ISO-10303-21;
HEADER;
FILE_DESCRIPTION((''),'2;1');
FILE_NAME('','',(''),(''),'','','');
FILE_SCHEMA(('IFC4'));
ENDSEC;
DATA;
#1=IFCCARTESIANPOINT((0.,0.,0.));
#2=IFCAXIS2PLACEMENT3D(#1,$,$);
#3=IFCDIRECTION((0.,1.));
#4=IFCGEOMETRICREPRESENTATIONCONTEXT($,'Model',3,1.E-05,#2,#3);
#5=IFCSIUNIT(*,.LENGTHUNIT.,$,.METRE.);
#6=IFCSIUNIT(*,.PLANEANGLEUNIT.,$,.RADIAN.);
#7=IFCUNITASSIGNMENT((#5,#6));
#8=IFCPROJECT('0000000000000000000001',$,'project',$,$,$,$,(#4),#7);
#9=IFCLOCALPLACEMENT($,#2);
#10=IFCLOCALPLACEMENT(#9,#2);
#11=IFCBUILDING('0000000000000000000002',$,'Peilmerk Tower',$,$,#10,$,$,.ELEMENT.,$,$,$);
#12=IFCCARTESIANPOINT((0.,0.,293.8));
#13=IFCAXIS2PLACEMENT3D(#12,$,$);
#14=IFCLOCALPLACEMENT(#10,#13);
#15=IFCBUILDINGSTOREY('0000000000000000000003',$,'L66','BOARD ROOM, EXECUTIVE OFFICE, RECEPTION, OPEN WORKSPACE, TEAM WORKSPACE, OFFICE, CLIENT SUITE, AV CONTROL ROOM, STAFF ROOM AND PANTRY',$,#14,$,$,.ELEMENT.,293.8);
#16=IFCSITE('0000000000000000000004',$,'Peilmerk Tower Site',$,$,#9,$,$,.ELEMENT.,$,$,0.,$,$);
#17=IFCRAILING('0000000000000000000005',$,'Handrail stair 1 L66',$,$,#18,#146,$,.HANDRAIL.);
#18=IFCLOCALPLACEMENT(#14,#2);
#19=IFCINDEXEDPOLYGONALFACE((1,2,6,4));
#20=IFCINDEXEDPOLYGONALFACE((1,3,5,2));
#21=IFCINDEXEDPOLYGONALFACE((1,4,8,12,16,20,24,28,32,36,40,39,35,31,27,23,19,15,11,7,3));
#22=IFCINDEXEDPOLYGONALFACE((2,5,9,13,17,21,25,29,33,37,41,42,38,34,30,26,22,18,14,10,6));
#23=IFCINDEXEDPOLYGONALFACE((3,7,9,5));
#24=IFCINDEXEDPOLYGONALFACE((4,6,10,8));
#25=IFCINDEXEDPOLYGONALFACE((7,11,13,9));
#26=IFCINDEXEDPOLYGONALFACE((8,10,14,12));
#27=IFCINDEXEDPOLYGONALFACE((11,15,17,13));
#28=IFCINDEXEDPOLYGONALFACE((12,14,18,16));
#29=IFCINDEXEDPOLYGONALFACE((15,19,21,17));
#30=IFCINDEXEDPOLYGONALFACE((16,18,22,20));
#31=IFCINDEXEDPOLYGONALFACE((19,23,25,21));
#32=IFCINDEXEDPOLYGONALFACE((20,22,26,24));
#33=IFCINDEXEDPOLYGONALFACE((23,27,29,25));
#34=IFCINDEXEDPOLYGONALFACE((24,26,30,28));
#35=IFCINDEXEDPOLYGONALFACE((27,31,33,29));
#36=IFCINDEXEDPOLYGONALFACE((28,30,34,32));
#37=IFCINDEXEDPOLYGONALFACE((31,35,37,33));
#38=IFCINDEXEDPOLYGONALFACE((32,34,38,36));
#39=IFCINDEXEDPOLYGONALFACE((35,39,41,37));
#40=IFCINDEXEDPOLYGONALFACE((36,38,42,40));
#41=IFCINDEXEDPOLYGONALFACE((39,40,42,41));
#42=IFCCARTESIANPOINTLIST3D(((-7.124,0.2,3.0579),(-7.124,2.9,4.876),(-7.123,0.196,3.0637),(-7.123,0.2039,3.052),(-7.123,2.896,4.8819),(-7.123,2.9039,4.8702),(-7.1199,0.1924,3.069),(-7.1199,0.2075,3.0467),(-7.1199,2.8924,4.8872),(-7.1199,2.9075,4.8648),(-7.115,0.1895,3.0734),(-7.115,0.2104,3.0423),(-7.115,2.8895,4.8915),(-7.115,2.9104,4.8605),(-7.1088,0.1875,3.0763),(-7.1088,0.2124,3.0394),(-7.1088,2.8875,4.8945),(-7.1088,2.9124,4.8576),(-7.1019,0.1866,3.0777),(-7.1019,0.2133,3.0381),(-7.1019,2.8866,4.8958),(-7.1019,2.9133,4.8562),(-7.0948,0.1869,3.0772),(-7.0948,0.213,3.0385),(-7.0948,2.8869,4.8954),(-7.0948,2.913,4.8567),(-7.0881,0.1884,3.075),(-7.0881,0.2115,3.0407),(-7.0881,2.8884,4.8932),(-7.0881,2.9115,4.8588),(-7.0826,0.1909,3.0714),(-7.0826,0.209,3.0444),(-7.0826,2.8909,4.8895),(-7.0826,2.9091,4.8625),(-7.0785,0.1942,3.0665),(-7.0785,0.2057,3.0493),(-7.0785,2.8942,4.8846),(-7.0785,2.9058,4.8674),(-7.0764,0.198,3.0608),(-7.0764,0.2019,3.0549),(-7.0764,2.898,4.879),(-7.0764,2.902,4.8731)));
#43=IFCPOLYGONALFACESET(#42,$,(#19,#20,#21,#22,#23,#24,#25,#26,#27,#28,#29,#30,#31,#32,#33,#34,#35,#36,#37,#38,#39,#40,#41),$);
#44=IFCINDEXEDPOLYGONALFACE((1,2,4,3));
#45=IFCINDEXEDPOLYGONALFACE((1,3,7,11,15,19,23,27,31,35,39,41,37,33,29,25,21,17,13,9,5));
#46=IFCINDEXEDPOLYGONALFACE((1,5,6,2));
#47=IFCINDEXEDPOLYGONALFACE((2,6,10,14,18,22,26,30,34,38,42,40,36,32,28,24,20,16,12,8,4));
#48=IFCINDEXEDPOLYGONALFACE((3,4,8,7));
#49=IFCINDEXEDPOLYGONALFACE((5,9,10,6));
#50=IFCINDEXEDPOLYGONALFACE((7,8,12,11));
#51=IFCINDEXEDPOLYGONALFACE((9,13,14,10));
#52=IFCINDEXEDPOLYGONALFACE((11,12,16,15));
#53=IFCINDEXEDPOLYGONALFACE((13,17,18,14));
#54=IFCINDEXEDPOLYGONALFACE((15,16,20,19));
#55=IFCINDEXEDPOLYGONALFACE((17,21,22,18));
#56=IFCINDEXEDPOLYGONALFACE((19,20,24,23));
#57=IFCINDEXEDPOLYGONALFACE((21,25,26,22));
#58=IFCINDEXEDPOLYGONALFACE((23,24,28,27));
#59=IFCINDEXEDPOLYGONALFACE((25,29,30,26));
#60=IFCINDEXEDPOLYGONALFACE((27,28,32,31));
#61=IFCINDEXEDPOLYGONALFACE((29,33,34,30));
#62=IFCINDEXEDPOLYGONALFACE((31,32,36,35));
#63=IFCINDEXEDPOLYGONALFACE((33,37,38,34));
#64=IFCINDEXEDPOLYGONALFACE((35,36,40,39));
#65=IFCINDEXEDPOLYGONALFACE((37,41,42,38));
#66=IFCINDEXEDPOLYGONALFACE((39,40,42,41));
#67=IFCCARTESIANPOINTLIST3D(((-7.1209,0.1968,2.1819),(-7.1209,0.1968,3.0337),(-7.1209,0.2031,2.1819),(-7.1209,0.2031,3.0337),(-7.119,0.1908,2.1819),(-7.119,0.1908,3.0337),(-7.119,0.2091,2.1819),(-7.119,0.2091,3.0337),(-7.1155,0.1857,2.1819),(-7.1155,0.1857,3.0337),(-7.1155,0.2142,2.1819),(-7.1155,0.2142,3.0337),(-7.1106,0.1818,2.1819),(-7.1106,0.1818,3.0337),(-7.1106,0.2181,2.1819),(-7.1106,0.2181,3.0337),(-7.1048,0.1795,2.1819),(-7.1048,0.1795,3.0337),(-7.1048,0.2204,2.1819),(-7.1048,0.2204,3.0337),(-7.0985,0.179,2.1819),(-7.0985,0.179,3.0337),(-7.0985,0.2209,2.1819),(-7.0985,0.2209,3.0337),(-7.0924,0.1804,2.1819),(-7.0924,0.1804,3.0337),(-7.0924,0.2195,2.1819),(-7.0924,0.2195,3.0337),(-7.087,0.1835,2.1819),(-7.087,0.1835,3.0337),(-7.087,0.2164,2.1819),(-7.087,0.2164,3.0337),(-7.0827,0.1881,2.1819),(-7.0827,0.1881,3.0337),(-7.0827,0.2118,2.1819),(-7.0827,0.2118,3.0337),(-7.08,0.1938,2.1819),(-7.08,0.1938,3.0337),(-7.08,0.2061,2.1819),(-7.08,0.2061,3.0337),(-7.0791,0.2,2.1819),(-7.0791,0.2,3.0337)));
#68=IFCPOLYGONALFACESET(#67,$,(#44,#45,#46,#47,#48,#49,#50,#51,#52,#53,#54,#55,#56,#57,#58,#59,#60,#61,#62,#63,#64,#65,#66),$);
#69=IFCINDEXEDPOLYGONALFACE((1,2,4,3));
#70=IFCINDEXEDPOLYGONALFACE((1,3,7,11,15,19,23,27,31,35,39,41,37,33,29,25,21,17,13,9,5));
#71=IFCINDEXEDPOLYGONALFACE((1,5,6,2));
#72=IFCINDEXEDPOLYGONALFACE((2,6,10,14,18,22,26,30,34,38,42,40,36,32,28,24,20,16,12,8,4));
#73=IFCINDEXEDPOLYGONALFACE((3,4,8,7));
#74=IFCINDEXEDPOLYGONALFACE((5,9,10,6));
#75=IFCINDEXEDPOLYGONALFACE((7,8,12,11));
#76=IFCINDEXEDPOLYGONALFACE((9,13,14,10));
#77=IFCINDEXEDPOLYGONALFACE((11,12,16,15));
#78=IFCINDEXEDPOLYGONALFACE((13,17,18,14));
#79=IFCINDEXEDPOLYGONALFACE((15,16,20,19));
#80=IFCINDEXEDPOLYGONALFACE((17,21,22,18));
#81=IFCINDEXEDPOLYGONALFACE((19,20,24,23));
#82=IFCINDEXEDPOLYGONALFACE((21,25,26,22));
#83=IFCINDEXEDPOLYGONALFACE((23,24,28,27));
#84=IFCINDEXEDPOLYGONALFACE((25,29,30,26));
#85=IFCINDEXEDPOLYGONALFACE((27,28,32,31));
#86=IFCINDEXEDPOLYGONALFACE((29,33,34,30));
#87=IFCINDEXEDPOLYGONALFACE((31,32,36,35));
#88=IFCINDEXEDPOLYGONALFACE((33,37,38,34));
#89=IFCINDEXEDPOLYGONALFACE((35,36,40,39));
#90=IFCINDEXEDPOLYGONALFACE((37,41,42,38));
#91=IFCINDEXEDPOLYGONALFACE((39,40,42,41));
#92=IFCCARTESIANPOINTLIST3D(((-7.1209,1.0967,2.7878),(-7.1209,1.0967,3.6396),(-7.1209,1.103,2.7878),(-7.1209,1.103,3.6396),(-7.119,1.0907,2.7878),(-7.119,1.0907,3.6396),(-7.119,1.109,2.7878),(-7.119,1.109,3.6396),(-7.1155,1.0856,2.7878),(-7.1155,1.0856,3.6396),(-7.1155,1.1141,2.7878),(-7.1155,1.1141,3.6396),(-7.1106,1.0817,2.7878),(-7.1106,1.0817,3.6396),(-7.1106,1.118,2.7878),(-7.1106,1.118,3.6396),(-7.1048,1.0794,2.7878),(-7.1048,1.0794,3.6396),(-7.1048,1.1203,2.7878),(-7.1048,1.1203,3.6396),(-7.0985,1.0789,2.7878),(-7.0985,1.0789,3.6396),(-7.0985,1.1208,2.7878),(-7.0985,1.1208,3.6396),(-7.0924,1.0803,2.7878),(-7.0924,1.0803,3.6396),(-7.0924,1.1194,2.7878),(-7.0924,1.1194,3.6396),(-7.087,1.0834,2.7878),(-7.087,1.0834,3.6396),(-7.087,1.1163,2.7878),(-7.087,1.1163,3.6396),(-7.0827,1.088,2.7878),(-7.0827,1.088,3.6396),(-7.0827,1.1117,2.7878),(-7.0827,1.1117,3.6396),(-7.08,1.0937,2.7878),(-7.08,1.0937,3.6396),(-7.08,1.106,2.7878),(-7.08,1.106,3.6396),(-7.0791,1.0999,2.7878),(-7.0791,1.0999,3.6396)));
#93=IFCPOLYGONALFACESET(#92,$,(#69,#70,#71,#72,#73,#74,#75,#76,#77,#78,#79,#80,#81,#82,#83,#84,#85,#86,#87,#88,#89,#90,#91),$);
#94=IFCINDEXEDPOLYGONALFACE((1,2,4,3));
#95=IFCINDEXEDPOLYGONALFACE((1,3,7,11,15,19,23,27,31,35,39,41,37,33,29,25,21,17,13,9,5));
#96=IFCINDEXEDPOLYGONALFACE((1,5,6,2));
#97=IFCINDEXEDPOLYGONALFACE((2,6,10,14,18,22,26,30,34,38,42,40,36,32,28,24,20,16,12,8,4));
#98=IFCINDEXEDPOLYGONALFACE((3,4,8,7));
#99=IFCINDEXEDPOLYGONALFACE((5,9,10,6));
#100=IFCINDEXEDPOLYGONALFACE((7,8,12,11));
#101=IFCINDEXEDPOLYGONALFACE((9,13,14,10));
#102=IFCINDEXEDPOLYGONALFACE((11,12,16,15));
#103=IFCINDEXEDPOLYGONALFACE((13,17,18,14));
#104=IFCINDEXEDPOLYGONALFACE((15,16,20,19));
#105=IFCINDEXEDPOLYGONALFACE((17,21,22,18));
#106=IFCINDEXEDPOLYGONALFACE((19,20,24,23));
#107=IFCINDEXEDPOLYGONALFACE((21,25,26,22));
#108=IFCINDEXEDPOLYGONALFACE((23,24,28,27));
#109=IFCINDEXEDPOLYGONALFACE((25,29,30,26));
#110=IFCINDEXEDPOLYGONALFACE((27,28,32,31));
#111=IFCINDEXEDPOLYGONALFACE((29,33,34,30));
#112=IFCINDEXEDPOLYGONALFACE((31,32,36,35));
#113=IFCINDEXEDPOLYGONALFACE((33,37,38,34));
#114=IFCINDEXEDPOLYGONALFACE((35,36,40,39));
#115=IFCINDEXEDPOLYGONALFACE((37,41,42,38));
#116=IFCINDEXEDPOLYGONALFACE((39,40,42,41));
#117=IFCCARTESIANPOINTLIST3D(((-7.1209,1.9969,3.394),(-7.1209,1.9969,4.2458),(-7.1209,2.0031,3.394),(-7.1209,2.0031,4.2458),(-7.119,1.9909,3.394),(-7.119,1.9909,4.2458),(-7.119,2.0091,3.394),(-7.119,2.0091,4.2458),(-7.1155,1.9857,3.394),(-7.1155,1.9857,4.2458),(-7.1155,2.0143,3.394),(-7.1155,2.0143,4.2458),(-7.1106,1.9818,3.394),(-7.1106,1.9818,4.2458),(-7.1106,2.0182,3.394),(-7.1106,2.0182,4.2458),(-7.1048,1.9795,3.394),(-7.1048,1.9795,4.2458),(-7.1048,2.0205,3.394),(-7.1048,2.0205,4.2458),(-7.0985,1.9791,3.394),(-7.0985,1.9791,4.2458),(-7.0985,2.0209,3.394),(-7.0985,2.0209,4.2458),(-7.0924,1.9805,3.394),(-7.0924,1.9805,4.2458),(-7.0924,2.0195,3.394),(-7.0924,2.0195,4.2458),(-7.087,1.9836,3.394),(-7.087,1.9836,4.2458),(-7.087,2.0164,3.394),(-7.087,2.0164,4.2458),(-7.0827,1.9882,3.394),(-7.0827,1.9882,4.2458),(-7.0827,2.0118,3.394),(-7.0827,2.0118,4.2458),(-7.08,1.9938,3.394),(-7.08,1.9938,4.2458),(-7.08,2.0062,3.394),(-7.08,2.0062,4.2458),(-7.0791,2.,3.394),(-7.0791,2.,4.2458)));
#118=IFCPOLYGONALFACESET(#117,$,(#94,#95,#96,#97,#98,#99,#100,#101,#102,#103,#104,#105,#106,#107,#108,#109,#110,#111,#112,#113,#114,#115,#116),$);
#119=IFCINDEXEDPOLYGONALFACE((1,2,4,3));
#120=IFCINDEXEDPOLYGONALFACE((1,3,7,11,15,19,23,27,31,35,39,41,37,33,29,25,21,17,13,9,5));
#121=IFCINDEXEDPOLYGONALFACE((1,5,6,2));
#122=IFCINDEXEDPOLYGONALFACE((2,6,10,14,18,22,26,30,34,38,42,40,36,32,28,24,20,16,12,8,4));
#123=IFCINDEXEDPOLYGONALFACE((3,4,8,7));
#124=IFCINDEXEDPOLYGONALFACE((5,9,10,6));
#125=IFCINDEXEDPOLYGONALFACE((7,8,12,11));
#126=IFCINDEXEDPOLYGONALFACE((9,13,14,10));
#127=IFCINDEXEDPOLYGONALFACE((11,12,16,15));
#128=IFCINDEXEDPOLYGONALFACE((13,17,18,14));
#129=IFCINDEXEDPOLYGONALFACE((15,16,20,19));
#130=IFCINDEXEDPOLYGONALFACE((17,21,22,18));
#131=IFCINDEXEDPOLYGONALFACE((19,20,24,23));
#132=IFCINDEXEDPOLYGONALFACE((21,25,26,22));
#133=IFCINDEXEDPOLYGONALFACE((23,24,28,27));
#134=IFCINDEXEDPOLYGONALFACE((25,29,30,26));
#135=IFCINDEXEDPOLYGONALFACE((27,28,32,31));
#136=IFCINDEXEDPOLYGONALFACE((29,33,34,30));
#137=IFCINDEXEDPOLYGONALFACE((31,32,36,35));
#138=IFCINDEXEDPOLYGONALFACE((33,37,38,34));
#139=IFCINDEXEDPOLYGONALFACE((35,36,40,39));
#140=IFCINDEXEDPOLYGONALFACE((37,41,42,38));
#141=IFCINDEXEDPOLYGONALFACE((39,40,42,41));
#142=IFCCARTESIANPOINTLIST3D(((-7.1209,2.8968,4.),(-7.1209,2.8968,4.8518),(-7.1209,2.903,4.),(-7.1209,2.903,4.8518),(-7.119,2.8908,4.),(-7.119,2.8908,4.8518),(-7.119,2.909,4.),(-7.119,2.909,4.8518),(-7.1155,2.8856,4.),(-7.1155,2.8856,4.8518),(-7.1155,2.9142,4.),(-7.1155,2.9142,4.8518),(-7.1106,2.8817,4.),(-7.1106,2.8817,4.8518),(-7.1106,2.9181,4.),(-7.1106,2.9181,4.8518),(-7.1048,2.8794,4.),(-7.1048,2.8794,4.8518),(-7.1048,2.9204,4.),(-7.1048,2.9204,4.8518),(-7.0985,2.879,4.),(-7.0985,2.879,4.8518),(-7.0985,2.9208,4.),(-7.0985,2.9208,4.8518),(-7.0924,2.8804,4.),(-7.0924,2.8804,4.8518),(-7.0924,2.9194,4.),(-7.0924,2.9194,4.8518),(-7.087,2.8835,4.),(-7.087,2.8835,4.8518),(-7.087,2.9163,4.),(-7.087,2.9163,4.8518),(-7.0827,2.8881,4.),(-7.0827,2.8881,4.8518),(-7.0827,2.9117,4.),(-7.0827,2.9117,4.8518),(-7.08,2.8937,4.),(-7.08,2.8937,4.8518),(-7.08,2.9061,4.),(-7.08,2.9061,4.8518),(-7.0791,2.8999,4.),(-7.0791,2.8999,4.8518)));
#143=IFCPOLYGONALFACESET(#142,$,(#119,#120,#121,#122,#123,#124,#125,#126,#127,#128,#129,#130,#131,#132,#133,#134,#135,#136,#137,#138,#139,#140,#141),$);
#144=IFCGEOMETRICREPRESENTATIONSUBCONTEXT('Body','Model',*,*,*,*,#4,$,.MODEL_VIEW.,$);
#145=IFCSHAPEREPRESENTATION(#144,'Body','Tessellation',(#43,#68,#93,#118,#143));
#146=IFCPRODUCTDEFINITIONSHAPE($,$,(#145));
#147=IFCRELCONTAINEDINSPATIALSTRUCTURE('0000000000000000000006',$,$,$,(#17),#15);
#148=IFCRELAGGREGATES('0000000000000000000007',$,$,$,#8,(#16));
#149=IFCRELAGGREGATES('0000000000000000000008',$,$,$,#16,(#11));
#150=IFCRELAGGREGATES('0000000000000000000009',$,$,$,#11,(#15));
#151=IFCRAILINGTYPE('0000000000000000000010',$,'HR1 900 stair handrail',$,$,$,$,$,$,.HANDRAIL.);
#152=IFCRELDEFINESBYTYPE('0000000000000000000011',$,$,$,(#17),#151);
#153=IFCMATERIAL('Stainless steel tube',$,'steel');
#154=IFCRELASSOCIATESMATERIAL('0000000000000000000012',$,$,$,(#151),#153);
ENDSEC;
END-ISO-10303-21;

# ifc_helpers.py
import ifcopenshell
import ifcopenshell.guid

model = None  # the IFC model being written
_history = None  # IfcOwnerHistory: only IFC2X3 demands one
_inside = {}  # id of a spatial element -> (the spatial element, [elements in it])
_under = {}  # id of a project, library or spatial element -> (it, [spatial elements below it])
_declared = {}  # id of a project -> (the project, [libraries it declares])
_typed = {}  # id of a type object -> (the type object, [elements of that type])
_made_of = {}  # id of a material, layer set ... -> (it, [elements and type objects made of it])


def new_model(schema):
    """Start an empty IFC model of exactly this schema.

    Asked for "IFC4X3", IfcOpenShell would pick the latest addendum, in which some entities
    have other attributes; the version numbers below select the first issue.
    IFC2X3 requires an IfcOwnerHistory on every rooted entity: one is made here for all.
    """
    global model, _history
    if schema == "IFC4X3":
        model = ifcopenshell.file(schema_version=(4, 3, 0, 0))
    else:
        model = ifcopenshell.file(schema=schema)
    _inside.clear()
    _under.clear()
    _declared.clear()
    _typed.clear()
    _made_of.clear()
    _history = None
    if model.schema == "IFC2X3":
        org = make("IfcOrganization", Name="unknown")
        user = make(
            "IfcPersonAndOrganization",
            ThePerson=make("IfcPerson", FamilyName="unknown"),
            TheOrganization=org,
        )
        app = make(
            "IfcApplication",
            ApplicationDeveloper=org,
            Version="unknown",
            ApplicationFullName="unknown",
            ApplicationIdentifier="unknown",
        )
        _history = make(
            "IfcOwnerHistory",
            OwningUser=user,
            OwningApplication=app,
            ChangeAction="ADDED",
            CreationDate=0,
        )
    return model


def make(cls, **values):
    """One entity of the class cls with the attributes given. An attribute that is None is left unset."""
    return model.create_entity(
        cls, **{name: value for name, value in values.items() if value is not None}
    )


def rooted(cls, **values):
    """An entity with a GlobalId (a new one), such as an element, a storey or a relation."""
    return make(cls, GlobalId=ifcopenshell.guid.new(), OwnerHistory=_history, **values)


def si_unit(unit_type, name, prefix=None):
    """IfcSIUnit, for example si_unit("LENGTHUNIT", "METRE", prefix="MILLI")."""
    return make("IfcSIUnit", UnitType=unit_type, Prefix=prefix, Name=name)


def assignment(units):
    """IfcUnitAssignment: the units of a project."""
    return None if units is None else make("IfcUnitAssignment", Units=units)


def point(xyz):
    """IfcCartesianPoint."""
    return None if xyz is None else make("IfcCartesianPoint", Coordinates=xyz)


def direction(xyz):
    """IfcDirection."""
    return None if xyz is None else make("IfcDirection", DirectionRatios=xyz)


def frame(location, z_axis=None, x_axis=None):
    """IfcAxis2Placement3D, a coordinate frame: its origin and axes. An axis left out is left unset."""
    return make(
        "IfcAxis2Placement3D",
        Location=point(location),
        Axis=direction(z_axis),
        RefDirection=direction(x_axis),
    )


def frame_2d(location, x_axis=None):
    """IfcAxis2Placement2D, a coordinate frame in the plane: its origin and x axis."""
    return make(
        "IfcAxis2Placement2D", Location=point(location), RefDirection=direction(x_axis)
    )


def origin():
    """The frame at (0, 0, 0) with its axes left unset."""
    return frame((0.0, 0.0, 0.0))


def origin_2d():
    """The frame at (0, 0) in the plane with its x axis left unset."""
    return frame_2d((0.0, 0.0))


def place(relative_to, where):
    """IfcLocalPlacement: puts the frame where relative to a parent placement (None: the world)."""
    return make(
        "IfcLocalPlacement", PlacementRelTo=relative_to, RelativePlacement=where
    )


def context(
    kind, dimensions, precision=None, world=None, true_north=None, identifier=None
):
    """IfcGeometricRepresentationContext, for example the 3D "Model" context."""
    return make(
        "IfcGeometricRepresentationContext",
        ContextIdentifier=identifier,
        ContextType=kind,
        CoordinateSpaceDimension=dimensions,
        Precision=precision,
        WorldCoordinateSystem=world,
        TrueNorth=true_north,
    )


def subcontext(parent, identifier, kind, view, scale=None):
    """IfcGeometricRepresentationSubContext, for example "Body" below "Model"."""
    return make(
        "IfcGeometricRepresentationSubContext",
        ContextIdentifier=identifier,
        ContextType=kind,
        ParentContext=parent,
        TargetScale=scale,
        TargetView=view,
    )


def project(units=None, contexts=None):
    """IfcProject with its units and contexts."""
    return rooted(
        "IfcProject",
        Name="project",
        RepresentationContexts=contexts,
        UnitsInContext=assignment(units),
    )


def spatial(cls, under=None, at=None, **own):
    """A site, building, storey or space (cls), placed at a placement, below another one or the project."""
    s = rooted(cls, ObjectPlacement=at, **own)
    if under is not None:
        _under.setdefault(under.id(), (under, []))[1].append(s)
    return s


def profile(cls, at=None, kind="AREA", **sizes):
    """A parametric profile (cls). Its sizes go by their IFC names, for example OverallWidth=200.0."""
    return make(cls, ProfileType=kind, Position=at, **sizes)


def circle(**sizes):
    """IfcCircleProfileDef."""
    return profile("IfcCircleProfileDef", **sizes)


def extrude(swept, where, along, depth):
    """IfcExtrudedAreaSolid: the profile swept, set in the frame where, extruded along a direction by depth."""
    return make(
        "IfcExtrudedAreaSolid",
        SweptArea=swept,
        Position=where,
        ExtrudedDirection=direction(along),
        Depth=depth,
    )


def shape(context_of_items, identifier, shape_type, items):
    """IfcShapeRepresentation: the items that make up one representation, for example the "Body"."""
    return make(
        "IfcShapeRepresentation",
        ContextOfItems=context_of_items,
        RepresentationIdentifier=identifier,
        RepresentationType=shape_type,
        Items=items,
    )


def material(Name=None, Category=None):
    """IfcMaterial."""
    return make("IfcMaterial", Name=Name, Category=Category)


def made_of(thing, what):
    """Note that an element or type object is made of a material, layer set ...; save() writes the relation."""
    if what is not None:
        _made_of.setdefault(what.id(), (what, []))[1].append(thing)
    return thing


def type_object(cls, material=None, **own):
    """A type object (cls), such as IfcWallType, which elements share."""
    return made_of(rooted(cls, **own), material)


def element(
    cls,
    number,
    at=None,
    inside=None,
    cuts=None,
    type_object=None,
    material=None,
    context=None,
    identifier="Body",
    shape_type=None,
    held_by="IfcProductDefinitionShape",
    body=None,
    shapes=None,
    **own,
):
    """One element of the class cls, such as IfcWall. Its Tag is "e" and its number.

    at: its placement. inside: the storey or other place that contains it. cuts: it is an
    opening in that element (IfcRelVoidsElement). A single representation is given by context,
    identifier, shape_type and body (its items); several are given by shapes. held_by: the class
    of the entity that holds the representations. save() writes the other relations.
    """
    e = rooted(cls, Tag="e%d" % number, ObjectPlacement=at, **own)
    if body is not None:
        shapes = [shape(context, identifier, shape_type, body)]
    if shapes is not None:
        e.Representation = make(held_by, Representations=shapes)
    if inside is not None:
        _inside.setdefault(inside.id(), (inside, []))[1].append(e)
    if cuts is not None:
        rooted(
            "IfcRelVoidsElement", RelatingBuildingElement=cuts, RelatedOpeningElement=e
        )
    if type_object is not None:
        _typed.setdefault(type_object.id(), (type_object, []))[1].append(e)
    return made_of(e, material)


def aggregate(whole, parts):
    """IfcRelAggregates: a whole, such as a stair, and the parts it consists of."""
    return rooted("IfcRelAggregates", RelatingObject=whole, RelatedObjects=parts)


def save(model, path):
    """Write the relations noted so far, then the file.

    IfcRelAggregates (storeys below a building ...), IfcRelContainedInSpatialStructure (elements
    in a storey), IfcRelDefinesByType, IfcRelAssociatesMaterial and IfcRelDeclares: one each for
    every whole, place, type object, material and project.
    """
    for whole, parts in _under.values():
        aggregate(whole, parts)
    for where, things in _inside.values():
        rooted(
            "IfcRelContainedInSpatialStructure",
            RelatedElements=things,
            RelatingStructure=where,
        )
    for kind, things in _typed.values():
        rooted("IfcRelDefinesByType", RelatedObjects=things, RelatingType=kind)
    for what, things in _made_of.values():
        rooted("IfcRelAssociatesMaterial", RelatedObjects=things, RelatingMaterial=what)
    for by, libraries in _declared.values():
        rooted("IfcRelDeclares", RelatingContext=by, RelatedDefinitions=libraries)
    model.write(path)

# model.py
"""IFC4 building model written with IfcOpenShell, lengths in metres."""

from ifc_helpers import new_model, si_unit, direction, frame, origin, origin_2d, place, context, subcontext, project, spatial, circle, extrude, material, type_object, element, save


model = new_model("IFC4")

# Units and contexts
model_context = context("Model", 3, precision=1e-05, world=origin(), true_north=direction((0.0, 1.0)))
body_context = subcontext(model_context, "Body", "Model", "MODEL_VIEW")
ifc_project = project(units=[si_unit("LENGTHUNIT", "METRE"), si_unit("PLANEANGLEUNIT", "RADIAN")], contexts=[model_context])

# Site, building, storey
site_placement = place(None, origin())
site = spatial("IfcSite", under=ifc_project, at=site_placement, Name="Peilmerk Tower Site", CompositionType="ELEMENT", RefElevation=0.0)
building_placement = place(site_placement, origin())
building = spatial("IfcBuilding", under=site, at=building_placement, Name="Peilmerk Tower", CompositionType="ELEMENT")
storey_placement = place(building_placement, frame((0.0, 0.0, 293.8)))
storey = spatial("IfcBuildingStorey", under=building, at=storey_placement, Name="L66", Description="BOARD ROOM, EXECUTIVE OFFICE, RECEPTION, OPEN WORKSPACE, TEAM WORKSPACE, OFFICE, CLIENT SUITE, AV CONTROL ROOM, STAFF ROOM AND PANTRY", CompositionType="ELEMENT", Elevation=293.8)

# Railing
ifc_material_1 = material(Name="Stainless steel tube", Category="steel")
railing_type_1 = type_object("IfcRailingType", Name="HR1 900 stair handrail", PredefinedType="HANDRAIL", material=ifc_material_1)
railing_1_placement = place(storey_placement, frame((-7.1001, 0.2, 2.1819)))
element("IfcRailing", 1, at=railing_1_placement, inside=storey, type_object=railing_type_1, Name="Handrail stair 1 L66", PredefinedType="HANDRAIL", context=body_context, shape_type="SweptSolid", body=[
    extrude(circle(Radius=0.0239, at=origin_2d()), frame((0.0, 0.0, 0.876), z_axis=(0.0, 0.829468, 0.558554), x_axis=(-1.0, 0.0, 0.0)), (0.0, 0.0, 1.0), 3.2551),
    extrude(circle(Radius=0.021, at=origin_2d()), origin(), (0.0, 0.0, 1.0), 0.8518),
    extrude(circle(Radius=0.021, at=origin_2d()), frame((0.0, 0.8999, 0.606)), (0.0, 0.0, 1.0), 0.8518),
    extrude(circle(Radius=0.021, at=origin_2d()), frame((0.0, 1.8, 1.2122)), (0.0, 0.0, 1.0), 0.8518),
    extrude(circle(Radius=0.021, at=origin_2d()), frame((0.0, 2.7, 1.8181)), (0.0, 0.0, 1.0), 0.8518),
])

save(model, "model.ifc")
